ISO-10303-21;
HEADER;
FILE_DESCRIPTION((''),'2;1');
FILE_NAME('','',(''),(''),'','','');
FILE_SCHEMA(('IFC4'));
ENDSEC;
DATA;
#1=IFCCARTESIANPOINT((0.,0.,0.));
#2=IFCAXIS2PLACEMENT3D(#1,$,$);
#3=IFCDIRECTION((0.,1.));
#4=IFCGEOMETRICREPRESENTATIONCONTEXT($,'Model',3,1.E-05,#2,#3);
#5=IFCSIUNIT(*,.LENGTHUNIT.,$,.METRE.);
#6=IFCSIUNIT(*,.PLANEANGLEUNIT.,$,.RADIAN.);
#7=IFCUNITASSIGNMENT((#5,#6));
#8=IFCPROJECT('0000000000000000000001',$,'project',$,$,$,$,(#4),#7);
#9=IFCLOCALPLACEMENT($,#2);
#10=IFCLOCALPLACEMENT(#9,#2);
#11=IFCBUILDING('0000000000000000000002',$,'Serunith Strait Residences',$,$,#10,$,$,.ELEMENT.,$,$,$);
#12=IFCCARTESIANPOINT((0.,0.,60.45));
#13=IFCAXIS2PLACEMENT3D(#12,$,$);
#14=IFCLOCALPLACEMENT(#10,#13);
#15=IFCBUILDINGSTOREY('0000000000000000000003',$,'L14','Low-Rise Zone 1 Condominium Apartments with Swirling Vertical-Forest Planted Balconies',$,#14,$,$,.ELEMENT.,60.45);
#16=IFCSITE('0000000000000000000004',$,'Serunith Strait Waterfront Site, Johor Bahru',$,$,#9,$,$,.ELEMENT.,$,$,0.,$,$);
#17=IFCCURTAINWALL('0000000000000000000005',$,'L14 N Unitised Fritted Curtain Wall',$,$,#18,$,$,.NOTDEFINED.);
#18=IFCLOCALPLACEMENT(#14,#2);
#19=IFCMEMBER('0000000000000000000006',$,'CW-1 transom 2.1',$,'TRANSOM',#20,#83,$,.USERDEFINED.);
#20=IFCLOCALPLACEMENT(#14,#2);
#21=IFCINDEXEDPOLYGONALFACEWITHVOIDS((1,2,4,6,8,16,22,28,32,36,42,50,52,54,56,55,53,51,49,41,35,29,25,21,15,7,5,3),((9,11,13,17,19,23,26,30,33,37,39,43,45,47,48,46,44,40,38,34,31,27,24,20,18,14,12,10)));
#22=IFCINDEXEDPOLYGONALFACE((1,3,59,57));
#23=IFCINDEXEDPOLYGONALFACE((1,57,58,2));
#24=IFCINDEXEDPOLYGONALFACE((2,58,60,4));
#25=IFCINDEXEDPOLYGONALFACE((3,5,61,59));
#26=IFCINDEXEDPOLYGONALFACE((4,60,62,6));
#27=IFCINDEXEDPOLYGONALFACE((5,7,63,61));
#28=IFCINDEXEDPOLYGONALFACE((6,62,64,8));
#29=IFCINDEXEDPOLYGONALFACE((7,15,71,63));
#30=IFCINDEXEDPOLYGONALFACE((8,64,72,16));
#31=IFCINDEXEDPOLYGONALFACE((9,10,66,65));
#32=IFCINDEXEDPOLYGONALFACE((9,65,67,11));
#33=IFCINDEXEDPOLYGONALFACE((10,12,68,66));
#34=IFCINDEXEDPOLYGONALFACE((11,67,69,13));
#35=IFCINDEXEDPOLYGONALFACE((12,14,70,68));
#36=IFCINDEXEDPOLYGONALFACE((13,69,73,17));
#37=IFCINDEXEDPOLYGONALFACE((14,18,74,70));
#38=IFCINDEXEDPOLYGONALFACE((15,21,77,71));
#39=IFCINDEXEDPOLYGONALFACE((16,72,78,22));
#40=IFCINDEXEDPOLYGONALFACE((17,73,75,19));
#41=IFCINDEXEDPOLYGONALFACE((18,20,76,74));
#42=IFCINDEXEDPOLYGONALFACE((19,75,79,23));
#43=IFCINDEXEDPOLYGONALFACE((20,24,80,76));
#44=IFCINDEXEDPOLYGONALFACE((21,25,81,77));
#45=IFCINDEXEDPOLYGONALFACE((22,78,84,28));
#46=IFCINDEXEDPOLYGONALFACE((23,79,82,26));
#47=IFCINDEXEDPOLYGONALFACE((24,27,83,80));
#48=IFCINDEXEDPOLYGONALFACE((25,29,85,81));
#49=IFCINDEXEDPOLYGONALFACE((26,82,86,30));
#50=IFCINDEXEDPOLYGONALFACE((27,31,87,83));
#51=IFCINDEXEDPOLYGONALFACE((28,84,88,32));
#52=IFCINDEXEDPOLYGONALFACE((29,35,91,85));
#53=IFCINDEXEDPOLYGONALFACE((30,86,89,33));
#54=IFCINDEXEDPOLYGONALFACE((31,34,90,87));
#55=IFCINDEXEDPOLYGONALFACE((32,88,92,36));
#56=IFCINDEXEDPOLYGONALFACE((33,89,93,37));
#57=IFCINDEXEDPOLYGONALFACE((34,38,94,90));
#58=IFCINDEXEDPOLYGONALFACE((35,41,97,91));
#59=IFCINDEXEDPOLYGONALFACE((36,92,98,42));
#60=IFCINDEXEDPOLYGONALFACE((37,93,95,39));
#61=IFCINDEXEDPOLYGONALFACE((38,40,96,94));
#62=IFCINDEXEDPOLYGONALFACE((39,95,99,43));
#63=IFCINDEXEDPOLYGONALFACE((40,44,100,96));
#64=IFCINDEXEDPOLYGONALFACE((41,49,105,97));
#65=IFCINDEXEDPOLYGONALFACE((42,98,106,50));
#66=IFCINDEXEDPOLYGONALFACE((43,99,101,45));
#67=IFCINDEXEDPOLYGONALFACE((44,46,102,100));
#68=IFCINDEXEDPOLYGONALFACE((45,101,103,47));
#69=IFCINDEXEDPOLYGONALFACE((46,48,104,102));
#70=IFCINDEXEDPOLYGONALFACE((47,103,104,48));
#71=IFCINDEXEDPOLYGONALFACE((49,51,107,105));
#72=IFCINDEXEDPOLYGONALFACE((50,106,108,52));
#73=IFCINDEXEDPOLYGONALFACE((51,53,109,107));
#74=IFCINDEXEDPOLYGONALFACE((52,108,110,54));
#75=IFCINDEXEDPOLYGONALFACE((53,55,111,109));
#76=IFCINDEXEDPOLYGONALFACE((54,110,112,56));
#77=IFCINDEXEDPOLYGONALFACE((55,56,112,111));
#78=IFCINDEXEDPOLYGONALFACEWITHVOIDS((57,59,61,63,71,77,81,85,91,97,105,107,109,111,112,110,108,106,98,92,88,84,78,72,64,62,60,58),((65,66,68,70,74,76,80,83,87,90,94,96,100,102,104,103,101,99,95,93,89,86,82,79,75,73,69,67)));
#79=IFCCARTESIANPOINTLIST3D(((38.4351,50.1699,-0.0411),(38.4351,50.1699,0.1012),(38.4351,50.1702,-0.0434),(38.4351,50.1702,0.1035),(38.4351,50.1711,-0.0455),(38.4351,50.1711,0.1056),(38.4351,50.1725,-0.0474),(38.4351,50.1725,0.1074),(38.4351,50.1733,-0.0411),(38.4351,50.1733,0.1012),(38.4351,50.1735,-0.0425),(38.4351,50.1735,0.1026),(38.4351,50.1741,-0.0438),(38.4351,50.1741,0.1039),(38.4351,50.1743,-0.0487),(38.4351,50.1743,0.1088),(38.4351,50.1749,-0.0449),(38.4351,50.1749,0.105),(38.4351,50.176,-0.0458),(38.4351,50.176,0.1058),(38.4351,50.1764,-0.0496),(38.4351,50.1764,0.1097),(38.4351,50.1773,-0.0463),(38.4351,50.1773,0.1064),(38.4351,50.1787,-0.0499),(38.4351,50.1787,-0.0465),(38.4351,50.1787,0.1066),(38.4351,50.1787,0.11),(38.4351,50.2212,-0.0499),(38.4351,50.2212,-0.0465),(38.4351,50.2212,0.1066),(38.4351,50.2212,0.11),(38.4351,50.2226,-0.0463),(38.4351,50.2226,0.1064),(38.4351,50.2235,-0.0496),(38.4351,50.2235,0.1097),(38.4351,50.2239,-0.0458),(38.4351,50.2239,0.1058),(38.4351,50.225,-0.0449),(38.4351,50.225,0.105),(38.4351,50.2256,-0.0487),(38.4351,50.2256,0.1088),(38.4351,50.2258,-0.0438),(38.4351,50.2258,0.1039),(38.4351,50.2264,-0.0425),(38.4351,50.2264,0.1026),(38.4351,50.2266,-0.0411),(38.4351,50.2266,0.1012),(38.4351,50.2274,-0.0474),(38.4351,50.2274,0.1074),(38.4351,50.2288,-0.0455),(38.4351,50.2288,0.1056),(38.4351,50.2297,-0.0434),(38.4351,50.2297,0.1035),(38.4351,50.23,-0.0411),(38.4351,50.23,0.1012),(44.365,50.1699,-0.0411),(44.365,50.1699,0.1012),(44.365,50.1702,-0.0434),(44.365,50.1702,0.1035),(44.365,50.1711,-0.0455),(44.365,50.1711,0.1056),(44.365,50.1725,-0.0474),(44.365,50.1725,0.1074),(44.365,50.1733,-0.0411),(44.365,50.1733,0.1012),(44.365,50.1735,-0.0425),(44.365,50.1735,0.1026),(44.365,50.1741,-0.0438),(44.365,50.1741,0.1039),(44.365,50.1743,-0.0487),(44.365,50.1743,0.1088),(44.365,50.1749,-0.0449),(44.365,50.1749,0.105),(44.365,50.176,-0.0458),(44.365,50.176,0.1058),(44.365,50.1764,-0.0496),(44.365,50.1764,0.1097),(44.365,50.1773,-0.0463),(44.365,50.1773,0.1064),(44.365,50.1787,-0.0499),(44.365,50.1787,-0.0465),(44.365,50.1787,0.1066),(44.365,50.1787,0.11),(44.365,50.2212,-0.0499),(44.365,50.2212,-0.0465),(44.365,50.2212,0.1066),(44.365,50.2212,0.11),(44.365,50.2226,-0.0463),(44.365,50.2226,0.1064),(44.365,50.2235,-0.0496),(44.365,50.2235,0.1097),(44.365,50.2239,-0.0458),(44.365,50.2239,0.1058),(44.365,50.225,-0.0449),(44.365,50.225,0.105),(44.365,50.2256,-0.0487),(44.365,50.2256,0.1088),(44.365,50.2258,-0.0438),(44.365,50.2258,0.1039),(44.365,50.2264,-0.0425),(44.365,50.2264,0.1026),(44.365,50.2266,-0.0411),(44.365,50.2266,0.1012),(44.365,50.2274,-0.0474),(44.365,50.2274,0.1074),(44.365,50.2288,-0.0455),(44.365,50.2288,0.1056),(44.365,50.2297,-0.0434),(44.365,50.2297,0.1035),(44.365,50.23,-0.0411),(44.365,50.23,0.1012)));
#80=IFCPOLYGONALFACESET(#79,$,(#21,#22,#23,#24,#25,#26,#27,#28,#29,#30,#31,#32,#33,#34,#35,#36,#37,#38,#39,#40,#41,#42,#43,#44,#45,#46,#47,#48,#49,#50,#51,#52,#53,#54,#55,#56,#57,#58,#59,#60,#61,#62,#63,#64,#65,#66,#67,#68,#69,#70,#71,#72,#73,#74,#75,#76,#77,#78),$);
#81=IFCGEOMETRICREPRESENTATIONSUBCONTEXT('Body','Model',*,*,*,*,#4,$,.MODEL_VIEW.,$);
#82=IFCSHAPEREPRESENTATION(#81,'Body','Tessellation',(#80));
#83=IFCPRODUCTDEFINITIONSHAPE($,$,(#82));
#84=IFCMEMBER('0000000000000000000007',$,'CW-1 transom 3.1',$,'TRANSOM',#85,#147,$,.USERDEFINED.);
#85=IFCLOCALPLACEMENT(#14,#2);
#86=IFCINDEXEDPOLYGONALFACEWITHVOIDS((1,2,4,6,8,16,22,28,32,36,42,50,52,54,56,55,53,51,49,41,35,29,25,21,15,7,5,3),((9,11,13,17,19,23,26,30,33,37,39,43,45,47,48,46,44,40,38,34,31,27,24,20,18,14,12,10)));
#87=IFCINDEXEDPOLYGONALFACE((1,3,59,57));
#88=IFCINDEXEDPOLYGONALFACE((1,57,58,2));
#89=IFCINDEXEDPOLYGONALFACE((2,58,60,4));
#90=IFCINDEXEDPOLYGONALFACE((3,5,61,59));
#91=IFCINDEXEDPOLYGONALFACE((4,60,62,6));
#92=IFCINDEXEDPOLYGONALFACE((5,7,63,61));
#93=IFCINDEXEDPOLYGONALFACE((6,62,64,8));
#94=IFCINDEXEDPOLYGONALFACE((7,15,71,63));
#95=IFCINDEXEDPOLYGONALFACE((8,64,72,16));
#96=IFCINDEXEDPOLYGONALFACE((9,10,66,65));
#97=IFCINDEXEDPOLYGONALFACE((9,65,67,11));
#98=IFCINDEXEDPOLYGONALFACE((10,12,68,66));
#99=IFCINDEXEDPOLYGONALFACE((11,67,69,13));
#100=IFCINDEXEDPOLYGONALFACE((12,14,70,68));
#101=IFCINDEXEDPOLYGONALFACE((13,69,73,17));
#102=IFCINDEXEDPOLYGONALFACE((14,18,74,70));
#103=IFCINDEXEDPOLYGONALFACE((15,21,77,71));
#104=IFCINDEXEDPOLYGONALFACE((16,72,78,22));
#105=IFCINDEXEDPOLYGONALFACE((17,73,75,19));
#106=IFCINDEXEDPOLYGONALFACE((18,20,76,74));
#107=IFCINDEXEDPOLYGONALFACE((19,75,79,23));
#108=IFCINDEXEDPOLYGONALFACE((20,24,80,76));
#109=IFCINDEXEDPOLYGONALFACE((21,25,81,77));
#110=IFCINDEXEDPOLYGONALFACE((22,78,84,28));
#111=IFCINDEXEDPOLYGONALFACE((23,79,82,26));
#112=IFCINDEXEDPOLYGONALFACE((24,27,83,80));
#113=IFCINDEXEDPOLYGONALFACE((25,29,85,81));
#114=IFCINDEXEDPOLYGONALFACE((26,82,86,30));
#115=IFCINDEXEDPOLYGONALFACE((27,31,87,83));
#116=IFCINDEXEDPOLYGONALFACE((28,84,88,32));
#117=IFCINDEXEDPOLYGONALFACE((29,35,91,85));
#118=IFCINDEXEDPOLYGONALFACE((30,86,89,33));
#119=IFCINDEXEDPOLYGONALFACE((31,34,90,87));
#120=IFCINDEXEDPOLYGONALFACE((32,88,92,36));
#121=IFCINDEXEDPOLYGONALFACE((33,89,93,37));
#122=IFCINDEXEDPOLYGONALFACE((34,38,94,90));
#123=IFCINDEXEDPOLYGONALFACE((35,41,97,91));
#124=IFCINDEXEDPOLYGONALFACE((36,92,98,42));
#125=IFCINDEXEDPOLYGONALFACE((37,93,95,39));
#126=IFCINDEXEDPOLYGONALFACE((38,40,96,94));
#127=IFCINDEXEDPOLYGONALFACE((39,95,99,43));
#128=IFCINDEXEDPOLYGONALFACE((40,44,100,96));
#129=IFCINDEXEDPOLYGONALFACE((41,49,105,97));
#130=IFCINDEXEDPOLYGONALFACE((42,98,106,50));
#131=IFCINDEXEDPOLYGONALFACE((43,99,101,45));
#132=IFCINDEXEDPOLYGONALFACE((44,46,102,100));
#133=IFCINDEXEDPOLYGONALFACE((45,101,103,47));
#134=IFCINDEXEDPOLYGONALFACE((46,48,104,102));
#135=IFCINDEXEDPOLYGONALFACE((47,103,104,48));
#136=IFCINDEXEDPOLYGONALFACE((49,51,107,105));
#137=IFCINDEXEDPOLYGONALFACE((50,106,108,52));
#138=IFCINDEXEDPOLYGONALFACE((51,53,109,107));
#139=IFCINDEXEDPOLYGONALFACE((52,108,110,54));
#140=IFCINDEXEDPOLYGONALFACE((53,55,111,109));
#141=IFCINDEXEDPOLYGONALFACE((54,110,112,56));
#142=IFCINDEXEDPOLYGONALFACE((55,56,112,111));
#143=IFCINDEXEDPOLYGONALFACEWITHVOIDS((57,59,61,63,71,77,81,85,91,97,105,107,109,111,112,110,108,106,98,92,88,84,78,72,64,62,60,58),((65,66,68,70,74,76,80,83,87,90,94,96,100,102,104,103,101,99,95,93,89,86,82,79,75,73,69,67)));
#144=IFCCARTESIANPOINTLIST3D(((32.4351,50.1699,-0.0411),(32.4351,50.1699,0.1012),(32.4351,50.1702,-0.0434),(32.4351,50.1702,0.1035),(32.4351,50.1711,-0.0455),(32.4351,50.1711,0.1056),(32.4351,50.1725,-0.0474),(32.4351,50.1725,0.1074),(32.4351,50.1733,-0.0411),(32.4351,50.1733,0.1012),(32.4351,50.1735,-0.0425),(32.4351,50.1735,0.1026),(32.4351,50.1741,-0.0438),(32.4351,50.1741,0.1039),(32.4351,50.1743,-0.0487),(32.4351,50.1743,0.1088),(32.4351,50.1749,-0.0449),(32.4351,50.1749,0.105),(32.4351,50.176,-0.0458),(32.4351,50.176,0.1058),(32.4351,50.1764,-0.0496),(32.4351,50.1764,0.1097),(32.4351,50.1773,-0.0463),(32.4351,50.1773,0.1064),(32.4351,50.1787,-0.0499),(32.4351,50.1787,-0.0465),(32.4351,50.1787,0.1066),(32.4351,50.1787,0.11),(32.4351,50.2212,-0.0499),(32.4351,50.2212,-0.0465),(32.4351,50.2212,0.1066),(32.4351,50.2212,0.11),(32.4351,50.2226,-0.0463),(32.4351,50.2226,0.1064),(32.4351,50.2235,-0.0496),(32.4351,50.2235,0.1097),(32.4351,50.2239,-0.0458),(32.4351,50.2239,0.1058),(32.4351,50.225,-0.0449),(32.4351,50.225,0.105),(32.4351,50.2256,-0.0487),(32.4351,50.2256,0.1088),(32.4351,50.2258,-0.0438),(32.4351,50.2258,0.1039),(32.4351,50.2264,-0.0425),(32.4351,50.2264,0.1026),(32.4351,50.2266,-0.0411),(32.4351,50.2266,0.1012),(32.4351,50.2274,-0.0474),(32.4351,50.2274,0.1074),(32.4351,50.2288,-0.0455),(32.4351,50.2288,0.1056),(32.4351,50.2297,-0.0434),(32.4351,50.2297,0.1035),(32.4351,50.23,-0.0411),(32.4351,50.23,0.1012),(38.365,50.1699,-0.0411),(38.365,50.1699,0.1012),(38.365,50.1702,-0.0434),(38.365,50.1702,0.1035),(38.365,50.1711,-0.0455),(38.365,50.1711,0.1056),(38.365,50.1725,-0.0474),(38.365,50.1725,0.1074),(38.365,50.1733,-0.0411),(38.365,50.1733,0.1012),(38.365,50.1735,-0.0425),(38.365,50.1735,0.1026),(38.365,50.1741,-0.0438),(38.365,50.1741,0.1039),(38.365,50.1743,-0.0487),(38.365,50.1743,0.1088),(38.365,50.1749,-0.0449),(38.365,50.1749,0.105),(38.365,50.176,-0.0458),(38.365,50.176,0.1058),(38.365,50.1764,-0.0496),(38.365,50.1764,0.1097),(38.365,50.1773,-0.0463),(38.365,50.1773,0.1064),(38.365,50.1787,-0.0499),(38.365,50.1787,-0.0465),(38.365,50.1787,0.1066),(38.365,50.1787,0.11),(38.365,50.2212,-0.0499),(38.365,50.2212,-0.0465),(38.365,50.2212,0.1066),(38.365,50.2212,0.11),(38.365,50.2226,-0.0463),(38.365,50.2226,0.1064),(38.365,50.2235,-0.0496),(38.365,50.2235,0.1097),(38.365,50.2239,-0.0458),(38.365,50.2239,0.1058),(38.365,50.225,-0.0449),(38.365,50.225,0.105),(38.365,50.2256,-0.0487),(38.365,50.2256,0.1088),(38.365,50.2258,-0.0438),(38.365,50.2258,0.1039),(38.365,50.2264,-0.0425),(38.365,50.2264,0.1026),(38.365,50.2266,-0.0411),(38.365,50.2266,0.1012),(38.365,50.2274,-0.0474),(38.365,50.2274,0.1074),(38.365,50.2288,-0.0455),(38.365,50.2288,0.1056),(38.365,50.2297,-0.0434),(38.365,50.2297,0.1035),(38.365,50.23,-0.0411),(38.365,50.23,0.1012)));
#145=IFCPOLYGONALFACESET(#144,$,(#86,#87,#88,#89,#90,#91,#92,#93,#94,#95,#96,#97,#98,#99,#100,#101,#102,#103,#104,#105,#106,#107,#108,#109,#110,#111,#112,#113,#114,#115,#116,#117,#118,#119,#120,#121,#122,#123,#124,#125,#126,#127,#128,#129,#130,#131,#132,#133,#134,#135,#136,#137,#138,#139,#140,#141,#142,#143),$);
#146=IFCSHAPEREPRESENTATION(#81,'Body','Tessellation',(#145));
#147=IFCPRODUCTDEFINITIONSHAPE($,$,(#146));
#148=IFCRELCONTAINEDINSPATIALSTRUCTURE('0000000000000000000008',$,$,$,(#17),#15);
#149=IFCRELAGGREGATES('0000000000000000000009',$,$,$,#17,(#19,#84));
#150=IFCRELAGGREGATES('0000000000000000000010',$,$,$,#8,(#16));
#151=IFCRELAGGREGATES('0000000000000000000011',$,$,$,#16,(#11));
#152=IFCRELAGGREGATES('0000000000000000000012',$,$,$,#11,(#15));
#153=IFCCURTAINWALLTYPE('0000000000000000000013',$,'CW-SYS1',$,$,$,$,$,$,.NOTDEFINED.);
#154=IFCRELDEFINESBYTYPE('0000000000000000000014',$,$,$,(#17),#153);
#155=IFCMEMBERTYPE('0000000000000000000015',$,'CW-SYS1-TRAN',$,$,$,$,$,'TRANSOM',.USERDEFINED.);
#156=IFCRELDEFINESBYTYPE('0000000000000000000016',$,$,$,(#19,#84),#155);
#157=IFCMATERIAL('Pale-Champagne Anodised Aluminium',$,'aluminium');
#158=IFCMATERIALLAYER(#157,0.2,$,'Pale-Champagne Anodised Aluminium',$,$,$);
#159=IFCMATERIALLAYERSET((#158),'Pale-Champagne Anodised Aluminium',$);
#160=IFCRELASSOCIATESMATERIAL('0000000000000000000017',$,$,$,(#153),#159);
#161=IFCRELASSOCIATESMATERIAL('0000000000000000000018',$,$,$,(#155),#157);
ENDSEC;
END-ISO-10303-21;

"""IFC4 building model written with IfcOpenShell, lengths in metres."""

from ifc_helpers import new_model, si_unit, direction, frame, origin, origin_2d, place, context, subcontext, project, spatial, hollow_rectangle, extrude, source, transform, mapped, material, layer, layer_set, material_profile, profile_set, type_object, element, aggregate, save


model = new_model("IFC4")

# Units and contexts
model_context = context("Model", 3, precision=1e-05, world=origin(), true_north=direction((0.0, 1.0)))
body_context = subcontext(model_context, "Body", "Model", "MODEL_VIEW")
ifc_project = project(units=[si_unit("LENGTHUNIT", "METRE"), si_unit("PLANEANGLEUNIT", "RADIAN")], contexts=[model_context])

# Site, building, storey
site_placement = place(None, origin())
site = spatial("IfcSite", under=ifc_project, at=site_placement, Name="Serunith Strait Waterfront Site, Johor Bahru", CompositionType="ELEMENT", RefElevation=0.0)
building_placement = place(site_placement, origin())
building = spatial("IfcBuilding", under=site, at=building_placement, Name="Serunith Strait Residences", CompositionType="ELEMENT")
storey_placement = place(building_placement, frame((0.0, 0.0, 60.45)))
storey = spatial("IfcBuildingStorey", under=building, at=storey_placement, Name="L14", Description="Low-Rise Zone 1 Condominium Apartments with Swirling Vertical-Forest Planted Balconies", CompositionType="ELEMENT", Elevation=60.45)

# Curtain wall, members
ifc_material_1 = material(Name="Pale-Champagne Anodised Aluminium", Category="aluminium")
ifc_layer_1 = layer(ifc_material_1, 0.2, Name="Pale-Champagne Anodised Aluminium")
ifc_layer_set_1 = layer_set([ifc_layer_1], Name="Pale-Champagne Anodised Aluminium")
curtain_wall_type = type_object("IfcCurtainWallType", Name="CW-SYS1", PredefinedType="NOTDEFINED", material=ifc_layer_set_1)
curtain_wall_placement = place(storey_placement, origin())
curtain_wall = element("IfcCurtainWall", 1, at=curtain_wall_placement, inside=storey, type_object=curtain_wall_type, Name="L14 N Unitised Fritted Curtain Wall", PredefinedType="NOTDEFINED")
ifc_material_profile_1 = material_profile(ifc_material_1, hollow_rectangle(XDim=0.0601, YDim=0.1599, WallThickness=0.0034, InnerFilletRadius=0.0054, OuterFilletRadius=0.0088, at=origin_2d()), Name="ALU 160x60x3.5")
ifc_profile_set_1 = profile_set([ifc_material_profile_1], Name="Pale-Champagne Anodised Aluminium")
member_type_1 = type_object("IfcMemberType", Name="CW-SYS1-TRAN", ElementType="TRANSOM", PredefinedType="USERDEFINED", material=ifc_profile_set_1)
shared_shape_1 = source(origin(), body_context, "Body", "SweptSolid", [
    extrude(hollow_rectangle(XDim=0.0601, YDim=0.1599, WallThickness=0.0034, InnerFilletRadius=0.0054, OuterFilletRadius=0.0088, at=origin_2d()), origin(), (0.0, 0.0, 1.0), 5.9299),
])
member_1_placement = place(storey_placement, frame((44.365, 50.2, 0.03), z_axis=(-1.0, 0.0, 0.0), x_axis=(0.0, -1.0, 0.0)))
member_1 = element("IfcMember", 2, at=member_1_placement, type_object=member_type_1, Name="CW-1 transom 2.1", ObjectType="TRANSOM", PredefinedType="USERDEFINED", context=body_context, shape_type="MappedRepresentation", body=[
    mapped(shared_shape_1, transform((0.0, 0.0, 0.0), scale=1.0)),
])
member_2_placement = place(storey_placement, frame((38.365, 50.2, 0.03), z_axis=(-1.0, 0.0, 0.0), x_axis=(0.0, -1.0, 0.0)))
member_2 = element("IfcMember", 3, at=member_2_placement, type_object=member_type_1, Name="CW-1 transom 3.1", ObjectType="TRANSOM", PredefinedType="USERDEFINED", context=body_context, shape_type="MappedRepresentation", body=[
    mapped(shared_shape_1, transform((0.0, 0.0, 0.0), scale=1.0)),
])
aggregate(curtain_wall, [member_1, member_2])

save(model, "model.ifc")
